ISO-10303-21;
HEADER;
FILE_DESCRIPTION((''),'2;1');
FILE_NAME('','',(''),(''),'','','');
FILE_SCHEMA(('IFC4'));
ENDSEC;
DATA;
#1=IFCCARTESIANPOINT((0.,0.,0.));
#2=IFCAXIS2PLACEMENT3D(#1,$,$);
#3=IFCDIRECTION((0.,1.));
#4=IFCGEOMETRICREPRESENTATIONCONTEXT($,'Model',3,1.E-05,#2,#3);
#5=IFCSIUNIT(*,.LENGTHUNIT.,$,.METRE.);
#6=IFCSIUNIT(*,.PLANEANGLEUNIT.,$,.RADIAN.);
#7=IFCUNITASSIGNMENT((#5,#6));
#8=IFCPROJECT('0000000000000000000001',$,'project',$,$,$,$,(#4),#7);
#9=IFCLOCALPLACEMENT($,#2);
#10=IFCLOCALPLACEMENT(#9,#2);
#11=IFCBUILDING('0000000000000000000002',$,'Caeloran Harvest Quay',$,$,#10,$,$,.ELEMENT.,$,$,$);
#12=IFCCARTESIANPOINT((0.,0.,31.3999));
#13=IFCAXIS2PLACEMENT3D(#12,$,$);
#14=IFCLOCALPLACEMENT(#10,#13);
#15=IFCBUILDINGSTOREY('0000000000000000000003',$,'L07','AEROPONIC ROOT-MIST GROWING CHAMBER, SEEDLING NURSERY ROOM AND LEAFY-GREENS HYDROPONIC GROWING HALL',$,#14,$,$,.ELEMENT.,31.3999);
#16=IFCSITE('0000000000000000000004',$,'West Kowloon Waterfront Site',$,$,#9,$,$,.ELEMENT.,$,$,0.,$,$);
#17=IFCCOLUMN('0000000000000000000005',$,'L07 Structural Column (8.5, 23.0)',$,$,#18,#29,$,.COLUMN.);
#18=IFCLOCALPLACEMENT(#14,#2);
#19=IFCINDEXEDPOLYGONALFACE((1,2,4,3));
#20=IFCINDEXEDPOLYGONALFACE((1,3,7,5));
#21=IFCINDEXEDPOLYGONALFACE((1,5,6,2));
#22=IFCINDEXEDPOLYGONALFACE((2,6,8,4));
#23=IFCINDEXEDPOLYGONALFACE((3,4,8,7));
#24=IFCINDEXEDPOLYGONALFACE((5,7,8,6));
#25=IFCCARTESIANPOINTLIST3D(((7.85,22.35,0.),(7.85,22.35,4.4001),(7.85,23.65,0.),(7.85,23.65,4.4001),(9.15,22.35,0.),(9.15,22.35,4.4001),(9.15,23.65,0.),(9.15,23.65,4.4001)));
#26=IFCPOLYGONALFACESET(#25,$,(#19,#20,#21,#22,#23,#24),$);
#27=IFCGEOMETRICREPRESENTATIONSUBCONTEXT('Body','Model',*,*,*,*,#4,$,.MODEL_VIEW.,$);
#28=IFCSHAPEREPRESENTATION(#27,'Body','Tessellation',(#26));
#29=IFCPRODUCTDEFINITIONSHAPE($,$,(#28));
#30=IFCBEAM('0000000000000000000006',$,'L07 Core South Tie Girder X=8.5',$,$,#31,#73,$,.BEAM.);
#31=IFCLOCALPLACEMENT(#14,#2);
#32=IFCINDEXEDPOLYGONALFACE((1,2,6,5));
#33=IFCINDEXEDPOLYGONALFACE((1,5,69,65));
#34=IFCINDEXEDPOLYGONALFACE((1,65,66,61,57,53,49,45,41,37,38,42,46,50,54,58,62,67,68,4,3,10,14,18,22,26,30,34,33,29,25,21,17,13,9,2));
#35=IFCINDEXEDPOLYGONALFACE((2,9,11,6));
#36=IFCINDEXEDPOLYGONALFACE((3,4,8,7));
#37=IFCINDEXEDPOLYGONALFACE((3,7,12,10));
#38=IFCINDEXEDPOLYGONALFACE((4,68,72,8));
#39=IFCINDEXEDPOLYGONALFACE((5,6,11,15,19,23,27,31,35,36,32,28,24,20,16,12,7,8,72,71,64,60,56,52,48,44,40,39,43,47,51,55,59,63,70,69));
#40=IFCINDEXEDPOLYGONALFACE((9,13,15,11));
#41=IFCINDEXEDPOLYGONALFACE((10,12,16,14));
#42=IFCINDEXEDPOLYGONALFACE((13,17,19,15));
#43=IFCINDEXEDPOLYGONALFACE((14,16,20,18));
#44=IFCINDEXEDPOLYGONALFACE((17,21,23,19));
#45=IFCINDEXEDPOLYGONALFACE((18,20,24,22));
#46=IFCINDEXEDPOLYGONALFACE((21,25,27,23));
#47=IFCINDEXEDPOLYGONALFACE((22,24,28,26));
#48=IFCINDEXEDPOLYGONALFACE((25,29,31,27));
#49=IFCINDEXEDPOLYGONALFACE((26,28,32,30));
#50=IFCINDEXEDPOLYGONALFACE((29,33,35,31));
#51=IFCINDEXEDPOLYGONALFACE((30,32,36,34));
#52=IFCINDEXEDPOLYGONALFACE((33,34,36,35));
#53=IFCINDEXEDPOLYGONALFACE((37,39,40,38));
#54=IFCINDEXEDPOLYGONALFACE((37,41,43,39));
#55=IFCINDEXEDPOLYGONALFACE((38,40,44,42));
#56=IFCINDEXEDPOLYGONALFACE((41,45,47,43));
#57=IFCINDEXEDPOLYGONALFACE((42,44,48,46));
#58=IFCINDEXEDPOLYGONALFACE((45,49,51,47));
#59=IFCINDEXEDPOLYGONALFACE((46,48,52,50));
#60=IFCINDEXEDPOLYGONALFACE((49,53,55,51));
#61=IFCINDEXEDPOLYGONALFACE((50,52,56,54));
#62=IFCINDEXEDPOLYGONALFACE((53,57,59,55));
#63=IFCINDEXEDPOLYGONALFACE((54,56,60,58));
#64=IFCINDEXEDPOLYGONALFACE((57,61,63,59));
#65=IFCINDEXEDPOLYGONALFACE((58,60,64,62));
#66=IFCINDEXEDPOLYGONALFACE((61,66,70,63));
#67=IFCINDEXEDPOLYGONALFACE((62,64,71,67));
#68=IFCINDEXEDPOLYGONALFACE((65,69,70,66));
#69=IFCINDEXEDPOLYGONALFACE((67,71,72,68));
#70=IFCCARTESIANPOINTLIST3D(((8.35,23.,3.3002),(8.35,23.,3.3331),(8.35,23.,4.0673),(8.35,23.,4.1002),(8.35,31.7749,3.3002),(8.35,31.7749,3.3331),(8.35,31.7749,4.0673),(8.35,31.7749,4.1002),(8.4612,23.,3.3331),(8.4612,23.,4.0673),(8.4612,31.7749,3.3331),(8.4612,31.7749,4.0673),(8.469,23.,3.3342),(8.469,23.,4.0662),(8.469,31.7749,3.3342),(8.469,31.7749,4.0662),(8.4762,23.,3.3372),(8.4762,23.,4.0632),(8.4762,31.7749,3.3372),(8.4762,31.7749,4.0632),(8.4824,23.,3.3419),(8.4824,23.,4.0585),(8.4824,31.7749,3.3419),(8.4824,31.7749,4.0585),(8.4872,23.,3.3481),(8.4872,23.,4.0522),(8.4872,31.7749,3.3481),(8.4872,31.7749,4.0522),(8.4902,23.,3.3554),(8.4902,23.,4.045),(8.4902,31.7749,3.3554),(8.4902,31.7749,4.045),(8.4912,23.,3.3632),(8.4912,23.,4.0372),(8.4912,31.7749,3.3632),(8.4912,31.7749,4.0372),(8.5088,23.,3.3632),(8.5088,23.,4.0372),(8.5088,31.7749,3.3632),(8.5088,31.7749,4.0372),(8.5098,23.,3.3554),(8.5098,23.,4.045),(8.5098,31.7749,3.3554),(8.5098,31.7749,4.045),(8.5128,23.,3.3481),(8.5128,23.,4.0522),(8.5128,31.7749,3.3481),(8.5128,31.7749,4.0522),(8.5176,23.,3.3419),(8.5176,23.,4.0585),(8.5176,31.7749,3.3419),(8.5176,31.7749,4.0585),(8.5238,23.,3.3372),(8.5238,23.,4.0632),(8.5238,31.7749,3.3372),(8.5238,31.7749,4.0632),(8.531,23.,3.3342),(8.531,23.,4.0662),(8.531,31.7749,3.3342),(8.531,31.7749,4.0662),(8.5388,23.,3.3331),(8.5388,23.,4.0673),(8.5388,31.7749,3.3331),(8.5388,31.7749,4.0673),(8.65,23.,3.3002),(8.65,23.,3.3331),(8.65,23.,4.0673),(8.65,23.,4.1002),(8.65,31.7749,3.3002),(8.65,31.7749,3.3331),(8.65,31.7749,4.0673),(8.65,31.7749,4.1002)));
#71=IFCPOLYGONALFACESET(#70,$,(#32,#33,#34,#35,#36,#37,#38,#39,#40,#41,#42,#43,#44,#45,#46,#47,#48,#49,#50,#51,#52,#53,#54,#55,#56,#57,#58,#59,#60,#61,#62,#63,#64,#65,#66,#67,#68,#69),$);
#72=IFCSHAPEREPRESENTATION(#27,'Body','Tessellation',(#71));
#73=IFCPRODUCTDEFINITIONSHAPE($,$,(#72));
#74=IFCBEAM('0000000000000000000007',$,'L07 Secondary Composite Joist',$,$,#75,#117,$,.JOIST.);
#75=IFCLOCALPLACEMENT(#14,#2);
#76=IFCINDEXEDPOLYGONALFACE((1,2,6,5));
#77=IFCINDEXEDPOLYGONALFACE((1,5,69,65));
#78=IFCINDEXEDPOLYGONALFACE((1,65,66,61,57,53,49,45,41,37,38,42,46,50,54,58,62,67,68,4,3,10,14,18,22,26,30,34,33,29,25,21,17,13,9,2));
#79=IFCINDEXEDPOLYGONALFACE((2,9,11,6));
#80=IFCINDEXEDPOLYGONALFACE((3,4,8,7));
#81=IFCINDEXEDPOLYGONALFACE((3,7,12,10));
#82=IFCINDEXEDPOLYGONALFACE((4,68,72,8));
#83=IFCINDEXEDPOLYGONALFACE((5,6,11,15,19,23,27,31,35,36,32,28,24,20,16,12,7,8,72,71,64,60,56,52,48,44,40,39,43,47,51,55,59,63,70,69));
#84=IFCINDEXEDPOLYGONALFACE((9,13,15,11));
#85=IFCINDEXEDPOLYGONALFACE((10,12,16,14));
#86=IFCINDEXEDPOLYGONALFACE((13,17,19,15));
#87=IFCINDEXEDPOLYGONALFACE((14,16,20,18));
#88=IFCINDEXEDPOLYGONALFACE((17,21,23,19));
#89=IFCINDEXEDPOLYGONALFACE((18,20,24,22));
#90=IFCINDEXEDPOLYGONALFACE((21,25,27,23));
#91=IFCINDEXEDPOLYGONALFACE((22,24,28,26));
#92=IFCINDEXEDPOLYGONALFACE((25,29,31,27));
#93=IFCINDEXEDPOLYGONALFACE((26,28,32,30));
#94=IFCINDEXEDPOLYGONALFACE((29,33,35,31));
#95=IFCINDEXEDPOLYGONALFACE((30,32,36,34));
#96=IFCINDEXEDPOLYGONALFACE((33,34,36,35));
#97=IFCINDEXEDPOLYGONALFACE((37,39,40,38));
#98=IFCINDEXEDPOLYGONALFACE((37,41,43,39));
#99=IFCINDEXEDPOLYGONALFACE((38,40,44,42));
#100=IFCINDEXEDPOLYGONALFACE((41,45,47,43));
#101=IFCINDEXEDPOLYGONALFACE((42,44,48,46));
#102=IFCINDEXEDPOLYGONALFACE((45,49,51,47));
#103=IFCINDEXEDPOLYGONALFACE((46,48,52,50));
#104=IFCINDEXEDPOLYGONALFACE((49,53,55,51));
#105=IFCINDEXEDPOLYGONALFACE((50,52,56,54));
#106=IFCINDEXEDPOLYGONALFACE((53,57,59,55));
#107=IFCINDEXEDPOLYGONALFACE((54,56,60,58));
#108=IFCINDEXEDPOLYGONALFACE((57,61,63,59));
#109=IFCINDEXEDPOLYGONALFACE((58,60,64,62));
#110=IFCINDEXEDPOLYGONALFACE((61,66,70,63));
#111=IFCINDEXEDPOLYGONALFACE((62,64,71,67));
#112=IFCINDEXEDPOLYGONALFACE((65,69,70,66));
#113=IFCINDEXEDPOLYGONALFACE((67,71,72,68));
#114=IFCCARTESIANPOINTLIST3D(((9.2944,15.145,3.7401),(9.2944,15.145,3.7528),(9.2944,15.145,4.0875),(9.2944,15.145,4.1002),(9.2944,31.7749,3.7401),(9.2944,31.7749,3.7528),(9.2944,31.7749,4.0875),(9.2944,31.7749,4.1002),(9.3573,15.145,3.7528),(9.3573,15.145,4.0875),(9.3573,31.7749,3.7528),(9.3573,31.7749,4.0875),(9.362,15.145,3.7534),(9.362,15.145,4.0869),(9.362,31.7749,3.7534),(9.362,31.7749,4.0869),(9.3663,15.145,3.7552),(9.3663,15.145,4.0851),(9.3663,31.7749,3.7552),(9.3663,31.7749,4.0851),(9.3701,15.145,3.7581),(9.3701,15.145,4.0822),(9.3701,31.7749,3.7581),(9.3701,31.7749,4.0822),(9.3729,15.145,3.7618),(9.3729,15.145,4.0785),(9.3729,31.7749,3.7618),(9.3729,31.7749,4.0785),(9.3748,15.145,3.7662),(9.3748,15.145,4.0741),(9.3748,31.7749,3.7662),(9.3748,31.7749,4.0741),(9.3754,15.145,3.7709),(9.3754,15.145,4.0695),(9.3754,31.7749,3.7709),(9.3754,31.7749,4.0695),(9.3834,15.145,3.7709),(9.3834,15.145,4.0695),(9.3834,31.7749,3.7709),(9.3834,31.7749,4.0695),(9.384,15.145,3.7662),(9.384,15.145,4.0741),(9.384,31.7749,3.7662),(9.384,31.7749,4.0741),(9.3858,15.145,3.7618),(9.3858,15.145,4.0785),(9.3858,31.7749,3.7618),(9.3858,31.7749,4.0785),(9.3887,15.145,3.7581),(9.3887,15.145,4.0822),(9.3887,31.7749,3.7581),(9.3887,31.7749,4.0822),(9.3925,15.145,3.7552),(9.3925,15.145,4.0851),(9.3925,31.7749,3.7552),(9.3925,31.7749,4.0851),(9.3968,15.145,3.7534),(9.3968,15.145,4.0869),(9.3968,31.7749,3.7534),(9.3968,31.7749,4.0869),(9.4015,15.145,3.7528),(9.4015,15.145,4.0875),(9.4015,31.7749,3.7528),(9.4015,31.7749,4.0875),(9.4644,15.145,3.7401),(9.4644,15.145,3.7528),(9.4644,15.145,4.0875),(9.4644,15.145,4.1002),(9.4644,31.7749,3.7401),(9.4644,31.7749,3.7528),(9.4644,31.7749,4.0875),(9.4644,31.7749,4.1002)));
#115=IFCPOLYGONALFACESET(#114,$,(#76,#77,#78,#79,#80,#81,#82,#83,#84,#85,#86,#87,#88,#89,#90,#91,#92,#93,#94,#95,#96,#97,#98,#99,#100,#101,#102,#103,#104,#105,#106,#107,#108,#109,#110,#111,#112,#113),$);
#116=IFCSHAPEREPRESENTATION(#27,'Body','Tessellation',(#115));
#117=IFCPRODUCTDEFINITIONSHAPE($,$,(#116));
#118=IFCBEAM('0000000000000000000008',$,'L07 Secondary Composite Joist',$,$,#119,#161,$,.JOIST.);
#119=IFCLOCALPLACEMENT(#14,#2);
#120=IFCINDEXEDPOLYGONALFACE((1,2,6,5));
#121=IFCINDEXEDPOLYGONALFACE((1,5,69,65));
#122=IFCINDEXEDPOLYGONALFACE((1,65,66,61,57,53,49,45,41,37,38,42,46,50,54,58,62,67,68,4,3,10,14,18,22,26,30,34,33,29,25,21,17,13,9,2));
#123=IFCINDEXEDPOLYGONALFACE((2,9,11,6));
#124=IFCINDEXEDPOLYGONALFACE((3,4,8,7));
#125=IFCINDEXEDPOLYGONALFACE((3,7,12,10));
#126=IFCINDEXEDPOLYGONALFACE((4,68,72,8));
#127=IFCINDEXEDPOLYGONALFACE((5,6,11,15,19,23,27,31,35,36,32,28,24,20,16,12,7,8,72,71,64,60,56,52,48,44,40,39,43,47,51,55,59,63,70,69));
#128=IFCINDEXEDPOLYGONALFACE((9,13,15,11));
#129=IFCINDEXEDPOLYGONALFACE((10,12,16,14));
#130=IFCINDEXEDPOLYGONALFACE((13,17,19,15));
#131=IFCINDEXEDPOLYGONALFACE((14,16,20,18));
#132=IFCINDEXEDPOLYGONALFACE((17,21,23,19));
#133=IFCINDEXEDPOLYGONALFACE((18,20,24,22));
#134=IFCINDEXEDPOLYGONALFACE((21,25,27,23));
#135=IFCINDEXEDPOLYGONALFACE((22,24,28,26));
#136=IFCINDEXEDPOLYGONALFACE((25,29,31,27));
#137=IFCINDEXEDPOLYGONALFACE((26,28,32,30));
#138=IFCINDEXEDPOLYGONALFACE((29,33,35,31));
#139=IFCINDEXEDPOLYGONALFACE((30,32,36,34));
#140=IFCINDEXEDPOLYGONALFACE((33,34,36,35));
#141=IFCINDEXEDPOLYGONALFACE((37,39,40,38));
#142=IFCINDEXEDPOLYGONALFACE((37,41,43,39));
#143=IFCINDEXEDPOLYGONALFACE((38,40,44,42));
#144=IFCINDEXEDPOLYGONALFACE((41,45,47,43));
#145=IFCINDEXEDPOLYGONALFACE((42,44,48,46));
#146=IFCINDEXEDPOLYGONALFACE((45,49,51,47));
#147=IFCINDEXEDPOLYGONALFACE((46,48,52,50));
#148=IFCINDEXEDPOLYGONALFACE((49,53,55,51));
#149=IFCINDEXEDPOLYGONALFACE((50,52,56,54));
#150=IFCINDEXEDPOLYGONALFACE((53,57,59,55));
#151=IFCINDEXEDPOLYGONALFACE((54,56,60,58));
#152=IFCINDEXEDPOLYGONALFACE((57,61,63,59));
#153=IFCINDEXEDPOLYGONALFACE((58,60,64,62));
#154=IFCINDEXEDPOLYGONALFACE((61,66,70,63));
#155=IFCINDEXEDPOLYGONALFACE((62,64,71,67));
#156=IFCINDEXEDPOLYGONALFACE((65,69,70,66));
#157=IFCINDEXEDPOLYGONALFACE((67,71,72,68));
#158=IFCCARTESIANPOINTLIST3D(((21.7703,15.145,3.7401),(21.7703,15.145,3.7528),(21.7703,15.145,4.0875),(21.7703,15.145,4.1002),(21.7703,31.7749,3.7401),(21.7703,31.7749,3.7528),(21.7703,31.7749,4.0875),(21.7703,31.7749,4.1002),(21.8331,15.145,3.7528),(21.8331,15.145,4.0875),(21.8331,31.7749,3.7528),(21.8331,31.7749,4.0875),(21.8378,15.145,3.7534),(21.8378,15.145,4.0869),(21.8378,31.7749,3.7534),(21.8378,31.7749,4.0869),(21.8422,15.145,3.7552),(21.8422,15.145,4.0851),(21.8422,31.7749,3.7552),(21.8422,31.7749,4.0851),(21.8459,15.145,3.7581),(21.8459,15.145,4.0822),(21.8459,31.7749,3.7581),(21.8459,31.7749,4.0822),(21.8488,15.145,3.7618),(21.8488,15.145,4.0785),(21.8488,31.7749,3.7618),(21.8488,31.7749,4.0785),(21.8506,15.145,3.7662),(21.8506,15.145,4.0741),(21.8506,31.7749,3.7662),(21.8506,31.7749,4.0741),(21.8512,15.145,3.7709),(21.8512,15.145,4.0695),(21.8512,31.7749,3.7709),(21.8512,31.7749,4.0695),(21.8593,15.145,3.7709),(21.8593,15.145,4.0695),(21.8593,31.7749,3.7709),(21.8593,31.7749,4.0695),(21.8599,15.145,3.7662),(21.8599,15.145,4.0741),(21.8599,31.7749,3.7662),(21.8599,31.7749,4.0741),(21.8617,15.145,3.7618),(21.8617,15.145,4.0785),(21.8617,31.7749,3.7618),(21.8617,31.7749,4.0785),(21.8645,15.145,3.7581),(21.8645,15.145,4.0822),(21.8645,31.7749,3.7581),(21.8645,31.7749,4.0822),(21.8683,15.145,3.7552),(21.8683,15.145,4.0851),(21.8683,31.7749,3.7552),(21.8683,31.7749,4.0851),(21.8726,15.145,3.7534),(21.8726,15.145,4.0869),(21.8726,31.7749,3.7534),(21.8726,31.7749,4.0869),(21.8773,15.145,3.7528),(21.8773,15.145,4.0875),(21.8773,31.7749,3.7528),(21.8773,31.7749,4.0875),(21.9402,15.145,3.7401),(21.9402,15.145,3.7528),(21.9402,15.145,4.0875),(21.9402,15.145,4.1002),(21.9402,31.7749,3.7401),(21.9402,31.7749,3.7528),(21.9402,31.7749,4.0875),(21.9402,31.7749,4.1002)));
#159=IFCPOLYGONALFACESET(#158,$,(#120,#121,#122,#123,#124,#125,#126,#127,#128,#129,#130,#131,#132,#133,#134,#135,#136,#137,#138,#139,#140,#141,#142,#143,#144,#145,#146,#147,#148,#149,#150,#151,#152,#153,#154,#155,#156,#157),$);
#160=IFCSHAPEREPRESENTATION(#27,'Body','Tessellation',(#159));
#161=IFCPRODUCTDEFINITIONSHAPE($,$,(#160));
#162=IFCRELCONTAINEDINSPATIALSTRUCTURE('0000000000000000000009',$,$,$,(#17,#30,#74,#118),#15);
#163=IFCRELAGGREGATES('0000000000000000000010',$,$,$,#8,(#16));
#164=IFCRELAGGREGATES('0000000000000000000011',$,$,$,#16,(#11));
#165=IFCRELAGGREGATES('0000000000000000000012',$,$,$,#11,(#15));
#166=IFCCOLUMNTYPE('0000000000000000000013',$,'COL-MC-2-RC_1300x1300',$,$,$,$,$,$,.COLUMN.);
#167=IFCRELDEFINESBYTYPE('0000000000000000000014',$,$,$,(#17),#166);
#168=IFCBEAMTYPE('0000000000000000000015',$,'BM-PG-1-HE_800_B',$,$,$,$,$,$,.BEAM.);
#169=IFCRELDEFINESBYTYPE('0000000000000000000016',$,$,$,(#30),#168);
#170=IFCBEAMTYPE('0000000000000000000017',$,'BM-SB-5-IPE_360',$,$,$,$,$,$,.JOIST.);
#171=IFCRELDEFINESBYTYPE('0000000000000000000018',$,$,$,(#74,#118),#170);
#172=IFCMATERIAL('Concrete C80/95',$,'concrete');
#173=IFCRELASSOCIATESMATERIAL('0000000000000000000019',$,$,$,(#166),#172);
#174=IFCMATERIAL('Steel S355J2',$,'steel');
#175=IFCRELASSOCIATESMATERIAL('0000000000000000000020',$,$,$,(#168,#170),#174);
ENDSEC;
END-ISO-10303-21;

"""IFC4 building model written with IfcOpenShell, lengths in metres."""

from ifc_helpers import new_model, si_unit, direction, frame, origin, origin_2d, place, context, subcontext, project, spatial, rectangle, i_section, extrude, material, material_profile, profile_set, type_object, element, save


model = new_model("IFC4")

# Units and contexts
model_context = context("Model", 3, precision=1e-05, world=origin(), true_north=direction((0.0, 1.0)))
body_context = subcontext(model_context, "Body", "Model", "MODEL_VIEW")
ifc_project = project(units=[si_unit("LENGTHUNIT", "METRE"), si_unit("PLANEANGLEUNIT", "RADIAN")], contexts=[model_context])

# Site, building, storey
site_placement = place(None, origin())
site = spatial("IfcSite", under=ifc_project, at=site_placement, Name="West Kowloon Waterfront Site", CompositionType="ELEMENT", RefElevation=0.0)
building_placement = place(site_placement, origin())
building = spatial("IfcBuilding", under=site, at=building_placement, Name="Caeloran Harvest Quay", CompositionType="ELEMENT")
storey_placement = place(building_placement, frame((0.0, 0.0, 31.3999)))
storey = spatial("IfcBuildingStorey", under=building, at=storey_placement, Name="L07", Description="AEROPONIC ROOT-MIST GROWING CHAMBER, SEEDLING NURSERY ROOM AND LEAFY-GREENS HYDROPONIC GROWING HALL", CompositionType="ELEMENT", Elevation=31.3999)

# Column
ifc_material_1 = material(Name="Concrete C80/95", Category="concrete")
ifc_material_profile_1 = material_profile(ifc_material_1, rectangle(XDim=1.3, YDim=1.3, at=origin_2d()), Name="RC 1300x1300")
ifc_profile_set_1 = profile_set([ifc_material_profile_1], Name="Concrete C80/95")
column_type = type_object("IfcColumnType", Name="COL-MC-2-RC_1300x1300", PredefinedType="COLUMN", material=ifc_profile_set_1)
column_placement = place(storey_placement, frame((8.5, 23.0, 0.0), z_axis=(0.0, 0.0, 1.0), x_axis=(1.0, 0.0, 0.0)))
element("IfcColumn", 1, at=column_placement, inside=storey, type_object=column_type, Name="L07 Structural Column (8.5, 23.0)", PredefinedType="COLUMN", context=body_context, shape_type="SweptSolid", body=[
    extrude(rectangle(XDim=1.3, YDim=1.3, at=origin_2d()), origin(), (0.0, 0.0, 1.0), 4.4001),
])

# Beams
ifc_material_2 = material(Name="Steel S355J2", Category="steel")
ifc_material_profile_2 = material_profile(ifc_material_2, i_section(OverallWidth=0.3, OverallDepth=0.8, WebThickness=0.0176, FlangeThickness=0.033, FilletRadius=0.03, at=origin_2d()), Name="HE 800 B")
ifc_profile_set_2 = profile_set([ifc_material_profile_2], Name="Steel S355J2")
beam_type_1 = type_object("IfcBeamType", Name="BM-PG-1-HE_800_B", PredefinedType="BEAM", material=ifc_profile_set_2)
beam_placement = place(storey_placement, frame((8.5, 23.0, 3.7002), z_axis=(0.0, 1.0, 0.0), x_axis=(-1.0, 0.0, 0.0)))
element("IfcBeam", 2, at=beam_placement, inside=storey, type_object=beam_type_1, Name="L07 Core South Tie Girder X=8.5", PredefinedType="BEAM", context=body_context, shape_type="SweptSolid", body=[
    extrude(i_section(OverallWidth=0.3, OverallDepth=0.8, WebThickness=0.0176, FlangeThickness=0.033, FilletRadius=0.03, at=origin_2d()), origin(), (0.0, 0.0, 1.0), 8.7749),
])
ifc_material_profile_3 = material_profile(ifc_material_2, i_section(OverallWidth=0.1699, OverallDepth=0.3601, WebThickness=0.0081, FlangeThickness=0.0127, FilletRadius=0.0181, at=origin_2d()), Name="IPE 360")
ifc_profile_set_3 = profile_set([ifc_material_profile_3], Name="Steel S355J2")
beam_type_2 = type_object("IfcBeamType", Name="BM-SB-5-IPE_360", PredefinedType="JOIST", material=ifc_profile_set_3)
for number, where, z_axis, x_axis, name in (
    (3, (9.3794, 15.145, 3.9202), (0.0, 1.0, 0.0), (-1.0, 0.0, 0.0), "L07 Secondary Composite Joist"),
    (4, (21.8552, 15.145, 3.9202), (0.0, 1.0, 0.0), (-1.0, 0.0, 0.0), "L07 Secondary Composite Joist"),
):
    element("IfcBeam", number, at=place(storey_placement, frame(where, z_axis=z_axis, x_axis=x_axis)), inside=storey, type_object=beam_type_2, Name=name, PredefinedType="JOIST", context=body_context, shape_type="SweptSolid", body=[
        extrude(i_section(OverallWidth=0.1699, OverallDepth=0.3601, WebThickness=0.0081, FlangeThickness=0.0127, FilletRadius=0.0181, at=origin_2d()), origin(), (0.0, 0.0, 1.0), 16.6299),
    ])

save(model, "model.ifc")
